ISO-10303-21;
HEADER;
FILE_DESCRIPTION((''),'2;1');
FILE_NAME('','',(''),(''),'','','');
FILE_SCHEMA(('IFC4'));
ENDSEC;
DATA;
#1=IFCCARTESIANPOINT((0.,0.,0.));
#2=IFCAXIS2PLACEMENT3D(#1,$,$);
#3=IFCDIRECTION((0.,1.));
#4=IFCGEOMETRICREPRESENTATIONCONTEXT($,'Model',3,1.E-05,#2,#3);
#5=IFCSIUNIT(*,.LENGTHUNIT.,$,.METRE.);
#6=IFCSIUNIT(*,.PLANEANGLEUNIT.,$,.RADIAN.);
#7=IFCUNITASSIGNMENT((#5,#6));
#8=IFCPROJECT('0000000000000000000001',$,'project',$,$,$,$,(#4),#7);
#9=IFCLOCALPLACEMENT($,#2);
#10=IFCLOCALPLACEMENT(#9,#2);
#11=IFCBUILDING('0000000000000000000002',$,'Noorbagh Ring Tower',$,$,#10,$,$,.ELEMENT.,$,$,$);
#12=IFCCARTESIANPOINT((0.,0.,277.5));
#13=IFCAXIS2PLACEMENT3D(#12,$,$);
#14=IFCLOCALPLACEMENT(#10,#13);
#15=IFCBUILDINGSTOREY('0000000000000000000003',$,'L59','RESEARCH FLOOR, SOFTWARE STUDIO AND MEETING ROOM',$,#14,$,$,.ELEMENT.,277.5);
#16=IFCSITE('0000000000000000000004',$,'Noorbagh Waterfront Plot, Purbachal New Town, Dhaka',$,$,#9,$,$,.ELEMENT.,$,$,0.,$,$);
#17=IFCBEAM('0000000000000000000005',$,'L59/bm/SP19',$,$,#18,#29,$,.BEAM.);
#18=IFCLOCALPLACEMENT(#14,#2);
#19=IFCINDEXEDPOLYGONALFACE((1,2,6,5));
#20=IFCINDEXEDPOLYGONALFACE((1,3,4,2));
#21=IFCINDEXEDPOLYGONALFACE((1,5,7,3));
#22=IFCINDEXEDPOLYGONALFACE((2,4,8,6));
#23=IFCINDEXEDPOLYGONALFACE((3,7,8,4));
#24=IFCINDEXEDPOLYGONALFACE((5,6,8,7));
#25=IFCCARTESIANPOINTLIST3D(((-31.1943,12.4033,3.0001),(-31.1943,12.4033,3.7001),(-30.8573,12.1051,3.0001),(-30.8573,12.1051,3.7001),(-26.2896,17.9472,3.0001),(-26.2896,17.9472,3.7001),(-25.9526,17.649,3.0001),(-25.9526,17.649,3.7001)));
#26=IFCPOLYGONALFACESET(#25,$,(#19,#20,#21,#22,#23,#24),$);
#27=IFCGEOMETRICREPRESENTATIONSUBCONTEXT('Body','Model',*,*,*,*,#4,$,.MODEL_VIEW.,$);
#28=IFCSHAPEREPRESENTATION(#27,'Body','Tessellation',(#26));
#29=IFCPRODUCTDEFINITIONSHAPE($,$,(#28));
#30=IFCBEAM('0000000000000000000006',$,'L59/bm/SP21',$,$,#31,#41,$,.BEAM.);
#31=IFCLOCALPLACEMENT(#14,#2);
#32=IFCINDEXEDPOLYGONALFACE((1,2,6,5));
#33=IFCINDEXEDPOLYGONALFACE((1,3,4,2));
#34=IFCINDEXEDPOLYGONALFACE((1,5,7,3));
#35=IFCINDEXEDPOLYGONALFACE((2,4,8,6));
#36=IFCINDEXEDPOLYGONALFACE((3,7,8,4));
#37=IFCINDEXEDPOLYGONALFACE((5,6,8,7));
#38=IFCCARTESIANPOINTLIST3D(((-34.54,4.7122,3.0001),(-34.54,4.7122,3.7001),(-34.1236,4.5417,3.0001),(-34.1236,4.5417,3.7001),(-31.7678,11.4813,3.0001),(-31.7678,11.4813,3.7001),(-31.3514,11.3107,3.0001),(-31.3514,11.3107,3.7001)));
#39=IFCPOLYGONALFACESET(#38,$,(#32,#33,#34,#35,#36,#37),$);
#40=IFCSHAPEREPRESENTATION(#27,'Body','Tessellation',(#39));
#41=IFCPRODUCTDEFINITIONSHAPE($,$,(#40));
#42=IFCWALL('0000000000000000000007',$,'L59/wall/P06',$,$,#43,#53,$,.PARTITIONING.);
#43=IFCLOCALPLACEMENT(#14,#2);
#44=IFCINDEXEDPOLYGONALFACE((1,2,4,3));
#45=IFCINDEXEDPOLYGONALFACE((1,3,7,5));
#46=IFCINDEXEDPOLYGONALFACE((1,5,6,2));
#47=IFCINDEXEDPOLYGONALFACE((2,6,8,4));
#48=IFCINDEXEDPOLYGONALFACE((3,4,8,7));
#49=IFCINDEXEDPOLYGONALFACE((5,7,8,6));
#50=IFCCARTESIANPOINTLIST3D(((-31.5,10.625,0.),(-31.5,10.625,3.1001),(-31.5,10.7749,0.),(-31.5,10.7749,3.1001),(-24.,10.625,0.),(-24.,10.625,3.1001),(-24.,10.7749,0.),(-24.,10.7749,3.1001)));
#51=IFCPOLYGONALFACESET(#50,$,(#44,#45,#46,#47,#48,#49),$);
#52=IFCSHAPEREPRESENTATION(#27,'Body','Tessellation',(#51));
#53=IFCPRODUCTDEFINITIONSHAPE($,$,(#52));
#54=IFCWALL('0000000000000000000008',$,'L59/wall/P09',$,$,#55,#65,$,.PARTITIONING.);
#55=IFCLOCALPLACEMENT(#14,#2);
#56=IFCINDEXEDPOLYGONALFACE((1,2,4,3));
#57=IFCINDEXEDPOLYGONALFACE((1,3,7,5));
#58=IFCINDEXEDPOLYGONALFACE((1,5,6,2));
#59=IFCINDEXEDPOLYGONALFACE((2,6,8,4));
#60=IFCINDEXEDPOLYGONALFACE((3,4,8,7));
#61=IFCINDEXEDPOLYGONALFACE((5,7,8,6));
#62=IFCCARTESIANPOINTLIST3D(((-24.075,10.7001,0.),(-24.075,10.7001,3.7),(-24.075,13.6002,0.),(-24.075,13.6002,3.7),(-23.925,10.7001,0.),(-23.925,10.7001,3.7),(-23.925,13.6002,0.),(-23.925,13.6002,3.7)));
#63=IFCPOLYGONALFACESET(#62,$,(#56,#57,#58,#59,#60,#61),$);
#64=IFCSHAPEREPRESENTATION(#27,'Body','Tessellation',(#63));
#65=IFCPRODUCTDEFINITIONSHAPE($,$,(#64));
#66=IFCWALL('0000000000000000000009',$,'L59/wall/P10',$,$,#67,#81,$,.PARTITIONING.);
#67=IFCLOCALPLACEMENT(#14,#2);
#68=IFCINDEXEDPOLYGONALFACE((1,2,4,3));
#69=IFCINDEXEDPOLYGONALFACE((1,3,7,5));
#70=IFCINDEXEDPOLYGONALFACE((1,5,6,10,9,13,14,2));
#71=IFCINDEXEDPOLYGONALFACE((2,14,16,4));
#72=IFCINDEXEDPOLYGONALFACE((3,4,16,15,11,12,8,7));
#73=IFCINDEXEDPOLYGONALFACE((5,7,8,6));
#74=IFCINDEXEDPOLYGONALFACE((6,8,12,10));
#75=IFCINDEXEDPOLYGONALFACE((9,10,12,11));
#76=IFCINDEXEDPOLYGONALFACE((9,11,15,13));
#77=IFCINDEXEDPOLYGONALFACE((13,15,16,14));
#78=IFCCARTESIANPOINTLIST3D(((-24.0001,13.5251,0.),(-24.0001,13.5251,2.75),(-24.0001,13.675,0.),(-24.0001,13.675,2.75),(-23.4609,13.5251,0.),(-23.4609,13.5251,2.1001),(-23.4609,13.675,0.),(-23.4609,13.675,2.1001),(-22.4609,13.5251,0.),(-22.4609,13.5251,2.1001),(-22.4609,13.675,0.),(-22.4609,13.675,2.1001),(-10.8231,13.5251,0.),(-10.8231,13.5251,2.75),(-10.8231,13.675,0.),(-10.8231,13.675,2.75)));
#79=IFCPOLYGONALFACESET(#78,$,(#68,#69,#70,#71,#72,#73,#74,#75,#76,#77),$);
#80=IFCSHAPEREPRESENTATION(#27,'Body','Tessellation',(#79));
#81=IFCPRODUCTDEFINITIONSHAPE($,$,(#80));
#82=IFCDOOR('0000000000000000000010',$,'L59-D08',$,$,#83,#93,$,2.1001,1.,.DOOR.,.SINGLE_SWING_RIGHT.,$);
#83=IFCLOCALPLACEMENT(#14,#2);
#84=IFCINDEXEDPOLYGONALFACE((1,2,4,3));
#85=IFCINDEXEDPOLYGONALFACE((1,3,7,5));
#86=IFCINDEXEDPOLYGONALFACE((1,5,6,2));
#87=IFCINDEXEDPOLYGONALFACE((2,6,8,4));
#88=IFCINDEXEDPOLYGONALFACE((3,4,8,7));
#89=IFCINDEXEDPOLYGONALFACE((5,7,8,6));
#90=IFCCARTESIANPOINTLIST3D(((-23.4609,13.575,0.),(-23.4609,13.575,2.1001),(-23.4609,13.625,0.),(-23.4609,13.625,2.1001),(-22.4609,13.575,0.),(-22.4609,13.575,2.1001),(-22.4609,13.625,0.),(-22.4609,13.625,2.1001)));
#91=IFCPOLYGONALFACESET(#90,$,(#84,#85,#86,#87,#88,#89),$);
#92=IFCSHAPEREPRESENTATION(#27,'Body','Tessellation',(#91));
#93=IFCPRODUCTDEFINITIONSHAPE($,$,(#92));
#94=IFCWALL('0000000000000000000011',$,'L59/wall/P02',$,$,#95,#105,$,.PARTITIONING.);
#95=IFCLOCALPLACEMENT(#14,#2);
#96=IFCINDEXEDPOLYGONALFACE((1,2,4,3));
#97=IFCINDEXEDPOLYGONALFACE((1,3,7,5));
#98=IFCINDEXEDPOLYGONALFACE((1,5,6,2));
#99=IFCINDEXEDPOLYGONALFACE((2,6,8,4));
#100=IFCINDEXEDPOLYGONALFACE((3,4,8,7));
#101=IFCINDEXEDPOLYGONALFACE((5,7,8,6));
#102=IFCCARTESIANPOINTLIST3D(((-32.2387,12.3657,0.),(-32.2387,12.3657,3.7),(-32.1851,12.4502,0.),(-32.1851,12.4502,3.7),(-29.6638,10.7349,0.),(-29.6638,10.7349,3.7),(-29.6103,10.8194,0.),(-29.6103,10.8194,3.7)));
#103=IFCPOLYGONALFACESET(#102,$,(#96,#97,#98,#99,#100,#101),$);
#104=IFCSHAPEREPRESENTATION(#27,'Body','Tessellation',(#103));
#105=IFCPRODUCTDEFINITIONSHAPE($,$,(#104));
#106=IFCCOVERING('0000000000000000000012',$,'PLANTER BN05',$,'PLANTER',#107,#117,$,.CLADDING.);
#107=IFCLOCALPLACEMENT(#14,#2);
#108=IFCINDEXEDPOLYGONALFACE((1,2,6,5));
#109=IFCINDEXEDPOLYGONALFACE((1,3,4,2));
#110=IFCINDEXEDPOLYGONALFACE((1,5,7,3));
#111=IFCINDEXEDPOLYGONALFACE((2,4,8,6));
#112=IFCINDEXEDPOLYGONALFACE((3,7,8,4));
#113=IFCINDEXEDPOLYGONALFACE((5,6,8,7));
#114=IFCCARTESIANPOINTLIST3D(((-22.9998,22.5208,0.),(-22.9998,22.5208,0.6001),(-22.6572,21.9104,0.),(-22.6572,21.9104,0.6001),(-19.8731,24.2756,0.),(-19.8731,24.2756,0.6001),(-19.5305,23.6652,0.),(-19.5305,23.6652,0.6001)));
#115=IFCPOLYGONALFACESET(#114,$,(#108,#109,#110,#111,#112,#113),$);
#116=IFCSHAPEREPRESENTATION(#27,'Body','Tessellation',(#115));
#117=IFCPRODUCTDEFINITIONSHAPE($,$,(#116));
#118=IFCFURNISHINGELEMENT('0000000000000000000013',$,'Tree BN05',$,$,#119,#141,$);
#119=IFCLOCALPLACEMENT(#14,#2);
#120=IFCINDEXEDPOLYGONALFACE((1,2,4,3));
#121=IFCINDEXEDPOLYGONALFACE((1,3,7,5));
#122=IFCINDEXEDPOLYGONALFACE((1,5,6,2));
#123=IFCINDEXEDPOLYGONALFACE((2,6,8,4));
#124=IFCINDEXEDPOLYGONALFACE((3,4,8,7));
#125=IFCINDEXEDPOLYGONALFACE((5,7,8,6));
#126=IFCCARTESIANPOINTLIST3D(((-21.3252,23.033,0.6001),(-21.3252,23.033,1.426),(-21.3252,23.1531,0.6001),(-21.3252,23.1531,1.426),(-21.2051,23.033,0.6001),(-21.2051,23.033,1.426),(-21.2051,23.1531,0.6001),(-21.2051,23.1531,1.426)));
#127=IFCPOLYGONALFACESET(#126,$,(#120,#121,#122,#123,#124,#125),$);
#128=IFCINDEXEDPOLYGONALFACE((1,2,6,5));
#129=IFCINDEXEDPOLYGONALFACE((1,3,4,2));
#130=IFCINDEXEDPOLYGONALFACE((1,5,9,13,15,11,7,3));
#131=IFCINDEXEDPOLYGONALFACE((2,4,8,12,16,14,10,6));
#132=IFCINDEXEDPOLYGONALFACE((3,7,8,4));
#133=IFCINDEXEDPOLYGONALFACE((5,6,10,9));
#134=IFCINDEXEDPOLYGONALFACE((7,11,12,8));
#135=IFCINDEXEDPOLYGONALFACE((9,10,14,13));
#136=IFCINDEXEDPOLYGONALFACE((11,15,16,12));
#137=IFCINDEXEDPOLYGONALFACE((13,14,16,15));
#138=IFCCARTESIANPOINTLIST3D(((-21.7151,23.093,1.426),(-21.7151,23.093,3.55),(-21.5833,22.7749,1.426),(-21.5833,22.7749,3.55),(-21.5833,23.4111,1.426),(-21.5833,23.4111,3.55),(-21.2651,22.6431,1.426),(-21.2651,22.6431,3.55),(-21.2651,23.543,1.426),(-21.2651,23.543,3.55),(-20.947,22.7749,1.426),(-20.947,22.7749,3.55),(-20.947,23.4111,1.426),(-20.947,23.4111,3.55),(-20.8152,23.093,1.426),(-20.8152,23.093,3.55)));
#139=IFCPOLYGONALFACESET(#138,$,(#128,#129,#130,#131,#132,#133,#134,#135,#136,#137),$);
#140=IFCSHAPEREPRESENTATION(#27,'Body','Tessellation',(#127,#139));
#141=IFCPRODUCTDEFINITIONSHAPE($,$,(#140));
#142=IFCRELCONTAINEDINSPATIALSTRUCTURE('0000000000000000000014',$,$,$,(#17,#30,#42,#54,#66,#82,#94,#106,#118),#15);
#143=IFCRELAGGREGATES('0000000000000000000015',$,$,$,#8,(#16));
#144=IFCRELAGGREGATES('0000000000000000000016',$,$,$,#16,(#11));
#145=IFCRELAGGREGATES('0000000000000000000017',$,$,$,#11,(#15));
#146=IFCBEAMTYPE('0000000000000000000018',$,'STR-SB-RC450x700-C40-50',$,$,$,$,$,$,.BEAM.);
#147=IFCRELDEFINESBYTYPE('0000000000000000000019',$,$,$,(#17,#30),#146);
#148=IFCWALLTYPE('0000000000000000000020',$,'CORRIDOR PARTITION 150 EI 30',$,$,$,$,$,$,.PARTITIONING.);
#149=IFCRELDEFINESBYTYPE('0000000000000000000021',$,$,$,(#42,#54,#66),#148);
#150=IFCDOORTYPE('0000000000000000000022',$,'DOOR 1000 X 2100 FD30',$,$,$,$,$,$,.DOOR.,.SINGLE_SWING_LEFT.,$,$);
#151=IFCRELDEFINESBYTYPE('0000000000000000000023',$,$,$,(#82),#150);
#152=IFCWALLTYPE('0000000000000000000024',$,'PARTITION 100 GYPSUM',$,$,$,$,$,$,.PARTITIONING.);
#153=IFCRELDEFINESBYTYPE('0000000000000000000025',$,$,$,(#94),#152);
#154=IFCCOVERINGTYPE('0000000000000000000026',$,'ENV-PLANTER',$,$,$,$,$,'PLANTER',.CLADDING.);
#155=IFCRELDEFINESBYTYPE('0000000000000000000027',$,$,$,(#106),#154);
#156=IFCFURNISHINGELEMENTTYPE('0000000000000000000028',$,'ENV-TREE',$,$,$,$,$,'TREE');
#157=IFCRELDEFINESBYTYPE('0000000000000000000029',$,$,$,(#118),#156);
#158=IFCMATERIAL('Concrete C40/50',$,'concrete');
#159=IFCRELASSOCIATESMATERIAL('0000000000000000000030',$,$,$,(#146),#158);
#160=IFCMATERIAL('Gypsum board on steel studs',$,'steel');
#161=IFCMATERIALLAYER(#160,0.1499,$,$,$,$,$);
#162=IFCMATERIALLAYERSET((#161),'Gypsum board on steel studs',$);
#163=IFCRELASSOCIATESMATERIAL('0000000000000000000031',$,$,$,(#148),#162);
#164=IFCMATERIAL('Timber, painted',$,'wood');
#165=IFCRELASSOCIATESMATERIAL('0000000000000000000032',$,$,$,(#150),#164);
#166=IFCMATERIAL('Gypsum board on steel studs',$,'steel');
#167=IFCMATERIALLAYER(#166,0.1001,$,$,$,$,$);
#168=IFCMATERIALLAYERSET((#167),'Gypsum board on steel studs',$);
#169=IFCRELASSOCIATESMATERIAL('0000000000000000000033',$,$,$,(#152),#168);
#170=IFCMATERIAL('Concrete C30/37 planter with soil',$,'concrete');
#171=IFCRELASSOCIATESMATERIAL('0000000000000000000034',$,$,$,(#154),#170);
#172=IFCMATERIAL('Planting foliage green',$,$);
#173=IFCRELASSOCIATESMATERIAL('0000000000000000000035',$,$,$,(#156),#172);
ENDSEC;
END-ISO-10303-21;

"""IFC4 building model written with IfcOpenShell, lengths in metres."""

from ifc_helpers import new_model, si_unit, direction, frame, frame_2d, origin, origin_2d, place, context, subcontext, project, spatial, polyline, rectangle, outline, extrude, material, layer, layer_set, material_profile, profile_set, type_object, element, fill, save


model = new_model("IFC4")

# Units and contexts
model_context = context("Model", 3, precision=1e-05, world=origin(), true_north=direction((0.0, 1.0)))
body_context = subcontext(model_context, "Body", "Model", "MODEL_VIEW")
ifc_project = project(units=[si_unit("LENGTHUNIT", "METRE"), si_unit("PLANEANGLEUNIT", "RADIAN")], contexts=[model_context])

# Site, building, storey
site_placement = place(None, origin())
site = spatial("IfcSite", under=ifc_project, at=site_placement, Name="Noorbagh Waterfront Plot, Purbachal New Town, Dhaka", CompositionType="ELEMENT", RefElevation=0.0)
building_placement = place(site_placement, origin())
building = spatial("IfcBuilding", under=site, at=building_placement, Name="Noorbagh Ring Tower", CompositionType="ELEMENT")
storey_placement = place(building_placement, frame((0.0, 0.0, 277.5)))
storey = spatial("IfcBuildingStorey", under=building, at=storey_placement, Name="L59", Description="RESEARCH FLOOR, SOFTWARE STUDIO AND MEETING ROOM", CompositionType="ELEMENT", Elevation=277.5)

# Beams
ifc_material_1 = material(Name="Concrete C40/50", Category="concrete")
ifc_material_profile_1 = material_profile(ifc_material_1, rectangle(XDim=0.45, YDim=0.7, at=origin_2d()), Name="RC450x700")
ifc_profile_set_1 = profile_set([ifc_material_profile_1], Name="Concrete C40/50")
beam_type_1 = type_object("IfcBeamType", Name="STR-SB-RC450x700-C40-50", PredefinedType="BEAM", material=ifc_profile_set_1)
beam_1_placement = place(storey_placement, frame((-26.1211, 17.7981, 3.3501), z_axis=(-0.662614, -0.748961, 0.0), x_axis=(0.748961, -0.662614, 0.0)))
element("IfcBeam", 1, at=beam_1_placement, inside=storey, type_object=beam_type_1, Name="L59/bm/SP19", PredefinedType="BEAM", context=body_context, shape_type="SweptSolid", body=[
    extrude(rectangle(XDim=0.45, YDim=0.7, at=origin_2d()), origin(), (0.0, 0.0, 1.0), 7.4021),
])
beam_2_placement = place(storey_placement, frame((-31.5596, 11.396, 3.3501), z_axis=(-0.378992, -0.9254, 0.0), x_axis=(0.9254, -0.378992, 0.0)))
element("IfcBeam", 2, at=beam_2_placement, inside=storey, type_object=beam_type_1, Name="L59/bm/SP21", PredefinedType="BEAM", context=body_context, shape_type="SweptSolid", body=[
    extrude(rectangle(XDim=0.45, YDim=0.7, at=origin_2d()), origin(), (0.0, 0.0, 1.0), 7.3147),
])

# Walls
ifc_material_2 = material(Name="Gypsum board on steel studs", Category="steel")
ifc_layer_1 = layer(ifc_material_2, 0.1499)
ifc_layer_set_1 = layer_set([ifc_layer_1], Name="Gypsum board on steel studs")
wall_type_1 = type_object("IfcWallType", Name="CORRIDOR PARTITION 150 EI 30", PredefinedType="PARTITIONING", material=ifc_layer_set_1)
wall_1_placement = place(storey_placement, frame((-31.5, 10.7, 0.0), z_axis=(0.0, 0.0, 1.0), x_axis=(1.0, 0.0, 0.0)))
element("IfcWall", 3, at=wall_1_placement, inside=storey, type_object=wall_type_1, Name="L59/wall/P06", PredefinedType="PARTITIONING", context=body_context, shape_type="SweptSolid", body=[
    extrude(rectangle(XDim=7.5, YDim=0.1499, at=frame_2d((3.75, 0.0))), origin(), (0.0, 0.0, 1.0), 3.1001),
])
wall_2_placement = place(storey_placement, frame((-24.0, 10.7, 0.0), z_axis=(0.0, 0.0, 1.0), x_axis=(0.0, 1.0, 0.0)))
element("IfcWall", 4, at=wall_2_placement, inside=storey, type_object=wall_type_1, Name="L59/wall/P09", PredefinedType="PARTITIONING", context=body_context, shape_type="SweptSolid", body=[
    extrude(rectangle(XDim=2.9001, YDim=0.1499, at=frame_2d((1.4502, 0.0))), origin(), (0.0, 0.0, 1.0), 3.7),
])

# Wall, opening, door
wall_3_placement = place(storey_placement, frame((-24.0, 13.6001, 0.0), z_axis=(0.0, 0.0, 1.0), x_axis=(1.0, 0.0, 0.0)))
wall_3 = element("IfcWall", 5, at=wall_3_placement, inside=storey, type_object=wall_type_1, Name="L59/wall/P10", PredefinedType="PARTITIONING", context=body_context, shape_type="SweptSolid", body=[
    extrude(rectangle(XDim=13.177, YDim=0.1499, at=frame_2d((6.5884, 0.0))), origin(), (0.0, 0.0, 1.0), 2.75),
])
opening_placement = place(wall_3_placement, frame((0.5391, 0.0, 0.0)))
opening = element("IfcOpeningElement", 6, at=opening_placement, cuts=wall_3, PredefinedType="OPENING", context=body_context, shape_type="SweptSolid", body=[
    extrude(rectangle(XDim=1.0, YDim=2.1001, at=frame_2d((0.5, 1.05))), frame((0.0, 0.085, 0.0), z_axis=(0.0, -1.0, 0.0), x_axis=(1.0, 0.0, 0.0)), (0.0, 0.0, 1.0), 0.1699),
])
ifc_material_3 = material(Name="Timber, painted", Category="wood")
door_type = type_object("IfcDoorType", Name="DOOR 1000 X 2100 FD30", OperationType="SINGLE_SWING_LEFT", PredefinedType="DOOR", material=ifc_material_3)
door_placement = place(opening_placement, origin())
door = element("IfcDoor", 7, at=door_placement, inside=storey, type_object=door_type, Name="L59-D08", OperationType="SINGLE_SWING_RIGHT", OverallHeight=2.1001, OverallWidth=1.0, PredefinedType="DOOR", context=body_context, shape_type="SweptSolid", body=[
    extrude(rectangle(XDim=1.0, YDim=2.1001, at=frame_2d((0.5, 1.05))), frame((0.0, 0.0249, 0.0), z_axis=(0.0, -1.0, 0.0), x_axis=(1.0, 0.0, 0.0)), (0.0, 0.0, 1.0), 0.05),
])
fill(opening, door)

# Wall
ifc_material_4 = material(Name="Gypsum board on steel studs", Category="steel")
ifc_layer_2 = layer(ifc_material_4, 0.1001)
ifc_layer_set_2 = layer_set([ifc_layer_2], Name="Gypsum board on steel studs")
wall_type_2 = type_object("IfcWallType", Name="PARTITION 100 GYPSUM", PredefinedType="PARTITIONING", material=ifc_layer_set_2)
wall_4_placement = place(storey_placement, frame((-32.2119, 12.408, 0.0), z_axis=(0.0, 0.0, 1.0), x_axis=(0.844811, -0.535065, 0.0)))
element("IfcWall", 8, at=wall_4_placement, inside=storey, type_object=wall_type_2, Name="L59/wall/P02", PredefinedType="PARTITIONING", context=body_context, shape_type="SweptSolid", body=[
    extrude(rectangle(XDim=3.0479, YDim=0.1001, at=frame_2d((1.5239, 0.0))), origin(), (0.0, 0.0, 1.0), 3.7),
])

# Covering
ifc_material_5 = material(Name="Concrete C30/37 planter with soil", Category="concrete")
covering_type = type_object("IfcCoveringType", Name="ENV-PLANTER", ElementType="PLANTER", PredefinedType="CLADDING", material=ifc_material_5)
covering_placement = place(storey_placement, frame((-21.2651, 23.093, 0.0), z_axis=(0.0, 0.0, 1.0), x_axis=(-0.872045, -0.489426, 0.0)))
element("IfcCovering", 9, at=covering_placement, inside=storey, type_object=covering_type, Name="PLANTER BN05", ObjectType="PLANTER", PredefinedType="CLADDING", context=body_context, shape_type="SweptSolid", body=[
    extrude(rectangle(XDim=3.5854, YDim=0.7, at=origin_2d()), origin(), (0.0, 0.0, 1.0), 0.6001),
])

# Furnishing element
ifc_material_6 = material(Name="Planting foliage green")
furnishing_element_type = type_object("IfcFurnishingElementType", Name="ENV-TREE", ElementType="TREE", material=ifc_material_6)
furnishing_placement = place(storey_placement, frame((-21.2651, 23.093, 0.6001), z_axis=(0.0, 0.0, 1.0), x_axis=(1.0, 0.0, 0.0)))
element("IfcFurnishingElement", 10, at=furnishing_placement, inside=storey, type_object=furnishing_element_type, Name="Tree BN05", context=body_context, shape_type="SweptSolid", body=[
    extrude(rectangle(XDim=0.1201, YDim=0.1201, at=origin_2d()), origin(), (0.0, 0.0, 1.0), 0.8259),
    extrude(outline(polyline([(0.45, 0.0), (0.3181, 0.3181), (0.0, 0.45), (-0.3181, 0.3181), (-0.45, 0.0), (-0.3181, -0.3181), (0.0, -0.45), (0.3181, -0.3181), (0.45, 0.0)])), frame((0.0, 0.0, 0.8259)), (0.0, 0.0, 1.0), 2.124),
])

save(model, "model.ifc")
